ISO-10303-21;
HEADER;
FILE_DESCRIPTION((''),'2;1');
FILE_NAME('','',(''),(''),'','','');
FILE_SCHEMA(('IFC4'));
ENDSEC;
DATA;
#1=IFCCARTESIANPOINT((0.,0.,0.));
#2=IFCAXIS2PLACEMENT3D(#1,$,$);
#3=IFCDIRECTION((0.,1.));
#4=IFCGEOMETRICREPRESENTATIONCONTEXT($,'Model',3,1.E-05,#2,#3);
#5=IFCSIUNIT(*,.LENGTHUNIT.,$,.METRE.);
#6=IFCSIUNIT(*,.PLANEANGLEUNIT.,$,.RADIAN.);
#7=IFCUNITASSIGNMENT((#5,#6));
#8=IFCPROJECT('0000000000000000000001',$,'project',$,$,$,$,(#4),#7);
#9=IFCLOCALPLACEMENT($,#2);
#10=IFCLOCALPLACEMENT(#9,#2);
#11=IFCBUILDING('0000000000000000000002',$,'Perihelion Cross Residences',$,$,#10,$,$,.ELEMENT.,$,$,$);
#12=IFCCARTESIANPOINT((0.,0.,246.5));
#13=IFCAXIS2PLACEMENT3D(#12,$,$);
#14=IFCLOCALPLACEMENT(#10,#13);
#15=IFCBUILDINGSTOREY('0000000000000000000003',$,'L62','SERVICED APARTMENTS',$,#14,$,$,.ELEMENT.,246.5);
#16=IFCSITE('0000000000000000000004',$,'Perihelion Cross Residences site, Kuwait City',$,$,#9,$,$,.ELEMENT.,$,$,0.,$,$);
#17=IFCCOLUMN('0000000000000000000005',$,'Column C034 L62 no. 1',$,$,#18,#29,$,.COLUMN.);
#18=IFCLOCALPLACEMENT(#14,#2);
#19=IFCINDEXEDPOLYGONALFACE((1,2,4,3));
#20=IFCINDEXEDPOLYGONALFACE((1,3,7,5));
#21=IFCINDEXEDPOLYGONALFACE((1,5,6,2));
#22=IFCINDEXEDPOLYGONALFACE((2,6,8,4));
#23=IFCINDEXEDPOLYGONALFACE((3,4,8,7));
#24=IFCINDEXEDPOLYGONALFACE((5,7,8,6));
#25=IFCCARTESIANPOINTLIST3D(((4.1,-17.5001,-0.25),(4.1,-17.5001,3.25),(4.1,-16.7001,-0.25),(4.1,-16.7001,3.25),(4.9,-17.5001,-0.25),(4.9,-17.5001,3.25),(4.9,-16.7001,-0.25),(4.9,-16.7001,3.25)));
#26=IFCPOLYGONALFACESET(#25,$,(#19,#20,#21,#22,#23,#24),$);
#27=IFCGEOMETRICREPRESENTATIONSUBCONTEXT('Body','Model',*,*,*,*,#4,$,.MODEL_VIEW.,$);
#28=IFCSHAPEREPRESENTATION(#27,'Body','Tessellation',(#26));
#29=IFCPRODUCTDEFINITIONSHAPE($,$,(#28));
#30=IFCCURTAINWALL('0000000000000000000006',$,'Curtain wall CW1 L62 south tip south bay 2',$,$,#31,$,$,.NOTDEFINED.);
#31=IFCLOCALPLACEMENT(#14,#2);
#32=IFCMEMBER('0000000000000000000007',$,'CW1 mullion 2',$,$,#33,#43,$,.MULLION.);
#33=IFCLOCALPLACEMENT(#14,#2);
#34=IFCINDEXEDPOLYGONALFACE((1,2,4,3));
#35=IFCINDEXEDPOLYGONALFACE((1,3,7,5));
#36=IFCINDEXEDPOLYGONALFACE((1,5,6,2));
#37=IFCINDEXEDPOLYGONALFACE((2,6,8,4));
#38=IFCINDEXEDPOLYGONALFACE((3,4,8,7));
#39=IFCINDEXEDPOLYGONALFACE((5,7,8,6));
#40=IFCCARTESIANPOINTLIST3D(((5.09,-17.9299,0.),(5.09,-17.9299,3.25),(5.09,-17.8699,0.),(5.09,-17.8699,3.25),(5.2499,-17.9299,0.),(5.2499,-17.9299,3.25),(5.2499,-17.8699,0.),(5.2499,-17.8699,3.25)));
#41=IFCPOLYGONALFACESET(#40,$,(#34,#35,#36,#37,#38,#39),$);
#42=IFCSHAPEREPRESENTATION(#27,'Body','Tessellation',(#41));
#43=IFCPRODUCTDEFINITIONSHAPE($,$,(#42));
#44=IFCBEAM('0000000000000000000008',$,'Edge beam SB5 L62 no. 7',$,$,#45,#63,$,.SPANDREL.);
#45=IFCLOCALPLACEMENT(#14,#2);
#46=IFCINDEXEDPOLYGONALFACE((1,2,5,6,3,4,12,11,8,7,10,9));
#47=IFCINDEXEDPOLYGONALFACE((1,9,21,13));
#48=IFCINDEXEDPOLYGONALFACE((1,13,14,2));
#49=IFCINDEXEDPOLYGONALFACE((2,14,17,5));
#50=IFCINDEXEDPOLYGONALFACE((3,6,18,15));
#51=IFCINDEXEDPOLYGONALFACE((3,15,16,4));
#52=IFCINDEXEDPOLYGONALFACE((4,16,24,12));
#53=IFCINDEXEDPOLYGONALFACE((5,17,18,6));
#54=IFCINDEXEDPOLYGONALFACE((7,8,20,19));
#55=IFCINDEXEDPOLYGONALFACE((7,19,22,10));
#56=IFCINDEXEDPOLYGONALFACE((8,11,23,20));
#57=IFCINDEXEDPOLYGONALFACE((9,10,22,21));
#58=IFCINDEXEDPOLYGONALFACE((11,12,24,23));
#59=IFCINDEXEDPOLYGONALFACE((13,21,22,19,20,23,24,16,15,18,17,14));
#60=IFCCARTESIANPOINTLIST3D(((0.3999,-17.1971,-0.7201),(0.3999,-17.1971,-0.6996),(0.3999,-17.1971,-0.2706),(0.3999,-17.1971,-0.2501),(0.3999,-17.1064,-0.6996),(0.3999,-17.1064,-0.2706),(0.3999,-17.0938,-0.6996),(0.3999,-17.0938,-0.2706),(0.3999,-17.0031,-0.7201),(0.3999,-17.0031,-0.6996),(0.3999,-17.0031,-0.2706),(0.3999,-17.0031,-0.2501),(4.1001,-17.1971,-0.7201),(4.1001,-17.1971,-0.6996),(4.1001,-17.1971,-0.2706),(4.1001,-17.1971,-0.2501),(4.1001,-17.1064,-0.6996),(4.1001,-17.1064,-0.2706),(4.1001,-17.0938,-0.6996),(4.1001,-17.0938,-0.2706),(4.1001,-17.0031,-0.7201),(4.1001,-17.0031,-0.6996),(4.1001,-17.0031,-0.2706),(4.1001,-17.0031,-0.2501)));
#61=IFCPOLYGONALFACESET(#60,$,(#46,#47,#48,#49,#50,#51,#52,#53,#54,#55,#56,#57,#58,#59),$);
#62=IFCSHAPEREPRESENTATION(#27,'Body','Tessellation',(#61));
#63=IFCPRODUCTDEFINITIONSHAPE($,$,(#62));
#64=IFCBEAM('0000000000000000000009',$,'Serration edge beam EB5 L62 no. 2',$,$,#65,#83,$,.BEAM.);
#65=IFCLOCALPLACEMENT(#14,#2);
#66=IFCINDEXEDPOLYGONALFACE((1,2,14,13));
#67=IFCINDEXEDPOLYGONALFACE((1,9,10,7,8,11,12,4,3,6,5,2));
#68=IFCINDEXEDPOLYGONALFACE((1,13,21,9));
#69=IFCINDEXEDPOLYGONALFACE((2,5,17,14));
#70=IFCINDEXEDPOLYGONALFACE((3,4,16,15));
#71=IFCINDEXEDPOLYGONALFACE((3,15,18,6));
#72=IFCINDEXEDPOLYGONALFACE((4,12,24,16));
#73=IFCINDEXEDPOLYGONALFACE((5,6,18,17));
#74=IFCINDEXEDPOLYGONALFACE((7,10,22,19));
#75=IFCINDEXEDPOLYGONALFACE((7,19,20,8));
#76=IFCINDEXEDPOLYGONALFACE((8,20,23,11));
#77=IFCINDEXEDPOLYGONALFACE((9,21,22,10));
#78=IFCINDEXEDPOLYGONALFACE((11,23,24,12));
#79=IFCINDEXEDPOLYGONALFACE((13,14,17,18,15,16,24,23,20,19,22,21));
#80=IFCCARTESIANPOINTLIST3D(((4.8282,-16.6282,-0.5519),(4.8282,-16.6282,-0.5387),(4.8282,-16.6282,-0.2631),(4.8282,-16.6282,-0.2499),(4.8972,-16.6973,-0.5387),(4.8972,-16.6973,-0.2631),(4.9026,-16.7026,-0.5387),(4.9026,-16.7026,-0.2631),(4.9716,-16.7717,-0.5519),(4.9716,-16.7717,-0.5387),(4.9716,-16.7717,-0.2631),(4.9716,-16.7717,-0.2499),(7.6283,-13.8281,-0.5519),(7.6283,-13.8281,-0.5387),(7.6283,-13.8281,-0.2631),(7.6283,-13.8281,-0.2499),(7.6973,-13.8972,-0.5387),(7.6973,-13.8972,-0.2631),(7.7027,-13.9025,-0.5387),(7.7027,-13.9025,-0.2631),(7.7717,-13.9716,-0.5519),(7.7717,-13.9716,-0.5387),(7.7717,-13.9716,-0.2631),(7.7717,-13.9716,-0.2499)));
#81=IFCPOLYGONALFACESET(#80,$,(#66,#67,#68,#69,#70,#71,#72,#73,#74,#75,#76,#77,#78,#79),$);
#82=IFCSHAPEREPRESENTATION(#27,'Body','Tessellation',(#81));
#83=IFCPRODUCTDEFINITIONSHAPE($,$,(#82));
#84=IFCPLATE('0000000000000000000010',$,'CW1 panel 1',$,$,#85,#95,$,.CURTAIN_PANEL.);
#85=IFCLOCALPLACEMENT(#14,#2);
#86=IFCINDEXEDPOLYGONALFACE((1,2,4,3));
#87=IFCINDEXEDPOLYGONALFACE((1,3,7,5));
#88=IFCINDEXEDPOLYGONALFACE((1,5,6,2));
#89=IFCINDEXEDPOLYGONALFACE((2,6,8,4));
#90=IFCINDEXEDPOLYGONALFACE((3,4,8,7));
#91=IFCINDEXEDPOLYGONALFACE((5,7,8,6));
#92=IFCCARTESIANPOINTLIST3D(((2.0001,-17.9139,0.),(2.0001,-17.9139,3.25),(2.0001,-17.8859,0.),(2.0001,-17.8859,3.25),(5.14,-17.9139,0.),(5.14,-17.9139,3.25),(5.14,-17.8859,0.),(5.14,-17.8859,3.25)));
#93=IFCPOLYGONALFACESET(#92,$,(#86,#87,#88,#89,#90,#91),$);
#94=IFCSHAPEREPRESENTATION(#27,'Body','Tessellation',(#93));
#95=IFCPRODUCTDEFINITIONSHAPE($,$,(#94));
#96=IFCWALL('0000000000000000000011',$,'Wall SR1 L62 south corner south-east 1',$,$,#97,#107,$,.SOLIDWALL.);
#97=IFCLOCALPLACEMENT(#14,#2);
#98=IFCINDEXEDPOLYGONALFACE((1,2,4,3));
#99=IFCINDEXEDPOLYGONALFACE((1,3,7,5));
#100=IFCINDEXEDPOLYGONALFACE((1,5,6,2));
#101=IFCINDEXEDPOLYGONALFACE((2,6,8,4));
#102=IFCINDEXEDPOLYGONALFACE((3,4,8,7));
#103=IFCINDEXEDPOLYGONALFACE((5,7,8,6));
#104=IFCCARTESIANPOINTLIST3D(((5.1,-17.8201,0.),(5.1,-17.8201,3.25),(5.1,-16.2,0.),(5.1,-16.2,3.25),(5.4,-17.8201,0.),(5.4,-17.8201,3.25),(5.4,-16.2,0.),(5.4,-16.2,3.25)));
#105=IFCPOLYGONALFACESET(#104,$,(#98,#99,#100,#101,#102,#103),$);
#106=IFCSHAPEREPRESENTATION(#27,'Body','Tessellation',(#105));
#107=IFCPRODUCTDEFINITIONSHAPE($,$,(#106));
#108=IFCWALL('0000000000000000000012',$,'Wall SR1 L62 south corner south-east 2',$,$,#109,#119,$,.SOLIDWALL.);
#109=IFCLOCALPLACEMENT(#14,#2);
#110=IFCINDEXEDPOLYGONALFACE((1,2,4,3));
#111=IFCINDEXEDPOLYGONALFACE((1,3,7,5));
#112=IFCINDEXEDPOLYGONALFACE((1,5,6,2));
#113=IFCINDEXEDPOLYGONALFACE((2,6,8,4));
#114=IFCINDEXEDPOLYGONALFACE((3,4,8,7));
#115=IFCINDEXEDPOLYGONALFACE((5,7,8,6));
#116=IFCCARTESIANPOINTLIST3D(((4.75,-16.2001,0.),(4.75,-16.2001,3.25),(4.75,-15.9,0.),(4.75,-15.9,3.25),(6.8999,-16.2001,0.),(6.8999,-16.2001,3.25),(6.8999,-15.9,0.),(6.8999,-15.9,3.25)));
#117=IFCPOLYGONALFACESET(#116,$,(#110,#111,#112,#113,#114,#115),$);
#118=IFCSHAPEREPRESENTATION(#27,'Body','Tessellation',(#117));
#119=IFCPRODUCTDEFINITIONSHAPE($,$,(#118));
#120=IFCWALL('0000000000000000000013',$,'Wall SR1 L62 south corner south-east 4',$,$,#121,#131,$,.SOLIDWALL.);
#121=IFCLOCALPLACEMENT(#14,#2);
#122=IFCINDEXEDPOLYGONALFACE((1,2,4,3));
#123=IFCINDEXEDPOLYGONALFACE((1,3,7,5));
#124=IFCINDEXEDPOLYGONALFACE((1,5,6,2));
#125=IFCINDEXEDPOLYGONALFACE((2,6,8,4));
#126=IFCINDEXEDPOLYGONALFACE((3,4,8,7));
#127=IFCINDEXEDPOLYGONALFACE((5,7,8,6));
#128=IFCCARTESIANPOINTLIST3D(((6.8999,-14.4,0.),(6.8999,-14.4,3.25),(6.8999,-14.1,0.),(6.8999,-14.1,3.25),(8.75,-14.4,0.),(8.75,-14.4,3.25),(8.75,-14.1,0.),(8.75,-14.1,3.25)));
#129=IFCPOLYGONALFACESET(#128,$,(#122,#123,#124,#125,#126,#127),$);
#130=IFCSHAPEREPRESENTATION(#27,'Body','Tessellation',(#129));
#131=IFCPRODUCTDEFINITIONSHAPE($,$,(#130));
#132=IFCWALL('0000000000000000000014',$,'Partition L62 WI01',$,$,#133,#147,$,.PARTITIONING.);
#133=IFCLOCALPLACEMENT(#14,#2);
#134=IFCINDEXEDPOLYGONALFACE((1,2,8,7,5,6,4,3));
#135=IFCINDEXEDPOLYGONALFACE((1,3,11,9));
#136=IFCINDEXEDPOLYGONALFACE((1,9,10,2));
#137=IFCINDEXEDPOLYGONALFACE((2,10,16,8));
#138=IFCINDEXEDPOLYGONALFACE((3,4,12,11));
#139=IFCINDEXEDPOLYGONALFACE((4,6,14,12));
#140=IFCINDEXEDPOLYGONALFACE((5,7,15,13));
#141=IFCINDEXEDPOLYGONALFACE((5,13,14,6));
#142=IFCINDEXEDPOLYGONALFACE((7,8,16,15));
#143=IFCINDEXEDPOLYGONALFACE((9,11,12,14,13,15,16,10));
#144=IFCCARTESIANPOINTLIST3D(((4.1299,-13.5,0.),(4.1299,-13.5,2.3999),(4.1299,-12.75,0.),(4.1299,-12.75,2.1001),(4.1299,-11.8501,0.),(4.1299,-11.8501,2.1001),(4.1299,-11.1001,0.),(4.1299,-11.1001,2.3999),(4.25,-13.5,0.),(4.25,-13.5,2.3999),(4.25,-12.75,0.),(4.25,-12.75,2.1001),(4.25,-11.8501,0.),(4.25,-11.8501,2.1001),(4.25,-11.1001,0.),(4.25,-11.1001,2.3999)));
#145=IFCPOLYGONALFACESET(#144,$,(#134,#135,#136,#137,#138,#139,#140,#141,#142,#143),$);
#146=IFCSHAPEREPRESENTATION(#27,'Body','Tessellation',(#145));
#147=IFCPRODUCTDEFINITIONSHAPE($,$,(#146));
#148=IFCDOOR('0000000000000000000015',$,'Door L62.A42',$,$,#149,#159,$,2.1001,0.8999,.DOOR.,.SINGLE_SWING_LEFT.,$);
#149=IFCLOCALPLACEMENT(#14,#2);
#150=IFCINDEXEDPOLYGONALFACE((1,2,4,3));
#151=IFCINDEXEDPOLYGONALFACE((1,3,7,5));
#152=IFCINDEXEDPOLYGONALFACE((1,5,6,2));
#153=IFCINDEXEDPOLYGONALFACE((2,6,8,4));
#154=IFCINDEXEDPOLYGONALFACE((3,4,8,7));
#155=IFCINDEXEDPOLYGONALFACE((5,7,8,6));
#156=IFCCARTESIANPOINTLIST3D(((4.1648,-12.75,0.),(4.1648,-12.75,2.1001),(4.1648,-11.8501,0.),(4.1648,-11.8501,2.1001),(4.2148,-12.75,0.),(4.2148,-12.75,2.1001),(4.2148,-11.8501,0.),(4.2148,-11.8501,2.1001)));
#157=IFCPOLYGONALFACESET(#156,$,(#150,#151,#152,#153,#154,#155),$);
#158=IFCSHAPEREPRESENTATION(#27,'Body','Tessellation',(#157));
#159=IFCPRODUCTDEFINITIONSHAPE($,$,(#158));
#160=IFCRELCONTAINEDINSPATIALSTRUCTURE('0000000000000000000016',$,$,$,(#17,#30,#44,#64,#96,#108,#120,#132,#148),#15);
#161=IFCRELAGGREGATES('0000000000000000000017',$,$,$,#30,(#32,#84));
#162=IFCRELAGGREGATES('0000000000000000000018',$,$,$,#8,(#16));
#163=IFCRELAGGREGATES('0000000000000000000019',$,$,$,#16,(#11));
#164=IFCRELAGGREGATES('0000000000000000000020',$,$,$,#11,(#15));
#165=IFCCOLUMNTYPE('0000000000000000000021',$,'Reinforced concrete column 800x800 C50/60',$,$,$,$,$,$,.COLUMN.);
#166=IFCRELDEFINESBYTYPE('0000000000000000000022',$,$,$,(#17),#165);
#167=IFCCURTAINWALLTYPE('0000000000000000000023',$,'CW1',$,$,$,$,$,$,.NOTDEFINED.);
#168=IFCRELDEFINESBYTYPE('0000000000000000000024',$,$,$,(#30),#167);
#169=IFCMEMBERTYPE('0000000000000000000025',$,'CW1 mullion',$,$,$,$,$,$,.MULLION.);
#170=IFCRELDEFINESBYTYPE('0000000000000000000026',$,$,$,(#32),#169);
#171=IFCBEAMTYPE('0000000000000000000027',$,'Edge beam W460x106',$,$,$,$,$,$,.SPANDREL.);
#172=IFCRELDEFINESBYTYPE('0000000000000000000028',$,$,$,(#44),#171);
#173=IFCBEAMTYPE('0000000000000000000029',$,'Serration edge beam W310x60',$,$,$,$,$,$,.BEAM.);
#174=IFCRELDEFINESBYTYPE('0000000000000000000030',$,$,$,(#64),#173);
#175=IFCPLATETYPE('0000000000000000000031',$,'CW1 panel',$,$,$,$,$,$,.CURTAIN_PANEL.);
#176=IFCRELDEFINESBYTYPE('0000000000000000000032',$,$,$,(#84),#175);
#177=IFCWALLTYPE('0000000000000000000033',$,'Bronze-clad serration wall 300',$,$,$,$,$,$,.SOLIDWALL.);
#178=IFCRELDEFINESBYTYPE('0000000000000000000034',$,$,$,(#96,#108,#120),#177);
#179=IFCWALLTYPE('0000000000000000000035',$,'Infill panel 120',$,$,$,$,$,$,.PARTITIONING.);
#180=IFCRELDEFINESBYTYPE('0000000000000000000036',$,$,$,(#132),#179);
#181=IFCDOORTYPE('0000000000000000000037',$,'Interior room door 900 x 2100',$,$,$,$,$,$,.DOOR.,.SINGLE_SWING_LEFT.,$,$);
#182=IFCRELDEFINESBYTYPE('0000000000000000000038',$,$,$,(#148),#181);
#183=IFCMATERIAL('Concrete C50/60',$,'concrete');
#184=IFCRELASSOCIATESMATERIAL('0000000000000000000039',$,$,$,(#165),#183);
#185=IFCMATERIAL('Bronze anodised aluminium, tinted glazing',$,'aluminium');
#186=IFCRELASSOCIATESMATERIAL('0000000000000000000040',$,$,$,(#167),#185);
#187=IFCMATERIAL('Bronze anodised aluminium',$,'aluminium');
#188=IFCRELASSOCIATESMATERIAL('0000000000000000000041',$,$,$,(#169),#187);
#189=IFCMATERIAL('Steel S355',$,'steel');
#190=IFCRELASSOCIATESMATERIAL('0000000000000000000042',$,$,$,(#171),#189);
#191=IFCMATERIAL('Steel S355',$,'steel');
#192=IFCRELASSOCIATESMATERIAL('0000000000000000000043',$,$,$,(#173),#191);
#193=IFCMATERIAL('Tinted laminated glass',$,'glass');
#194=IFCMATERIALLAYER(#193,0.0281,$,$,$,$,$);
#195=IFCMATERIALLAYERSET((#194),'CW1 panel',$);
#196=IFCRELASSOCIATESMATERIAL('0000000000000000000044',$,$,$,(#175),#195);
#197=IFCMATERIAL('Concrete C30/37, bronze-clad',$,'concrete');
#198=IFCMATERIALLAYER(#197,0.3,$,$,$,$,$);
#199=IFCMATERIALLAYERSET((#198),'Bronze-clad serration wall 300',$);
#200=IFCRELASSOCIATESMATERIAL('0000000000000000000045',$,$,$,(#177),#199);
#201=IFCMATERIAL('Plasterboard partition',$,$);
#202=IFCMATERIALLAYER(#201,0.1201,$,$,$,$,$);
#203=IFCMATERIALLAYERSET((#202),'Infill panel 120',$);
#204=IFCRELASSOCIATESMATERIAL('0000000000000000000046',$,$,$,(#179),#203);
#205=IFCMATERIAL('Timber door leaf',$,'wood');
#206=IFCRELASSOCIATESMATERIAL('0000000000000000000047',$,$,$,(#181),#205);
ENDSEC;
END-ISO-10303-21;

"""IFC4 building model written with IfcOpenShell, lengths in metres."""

from ifc_helpers import new_model, si_unit, direction, frame, frame_2d, origin, origin_2d, place, context, subcontext, project, spatial, rectangle, i_section, extrude, material, layer, layer_set, material_profile, profile_set, type_object, element, fill, aggregate, save


model = new_model("IFC4")

# Units and contexts
model_context = context("Model", 3, precision=1e-05, world=origin(), true_north=direction((0.0, 1.0)))
body_context = subcontext(model_context, "Body", "Model", "MODEL_VIEW")
ifc_project = project(units=[si_unit("LENGTHUNIT", "METRE"), si_unit("PLANEANGLEUNIT", "RADIAN")], contexts=[model_context])

# Site, building, storey
site_placement = place(None, origin())
site = spatial("IfcSite", under=ifc_project, at=site_placement, Name="Perihelion Cross Residences site, Kuwait City", CompositionType="ELEMENT", RefElevation=0.0)
building_placement = place(site_placement, origin())
building = spatial("IfcBuilding", under=site, at=building_placement, Name="Perihelion Cross Residences", CompositionType="ELEMENT")
storey_placement = place(building_placement, frame((0.0, 0.0, 246.5)))
storey = spatial("IfcBuildingStorey", under=building, at=storey_placement, Name="L62", Description="SERVICED APARTMENTS", CompositionType="ELEMENT", Elevation=246.5)

# Column
ifc_material_1 = material(Name="Concrete C50/60", Category="concrete")
ifc_material_profile_1 = material_profile(ifc_material_1, rectangle(XDim=0.8, YDim=0.8, at=origin_2d()), Name="RC 800x800")
ifc_profile_set_1 = profile_set([ifc_material_profile_1], Name="Concrete C50/60")
column_type = type_object("IfcColumnType", Name="Reinforced concrete column 800x800 C50/60", PredefinedType="COLUMN", material=ifc_profile_set_1)
column_placement = place(storey_placement, frame((4.5, -17.1001, -0.25), z_axis=(0.0, 0.0, 1.0), x_axis=(1.0, 0.0, 0.0)))
element("IfcColumn", 1, at=column_placement, inside=storey, type_object=column_type, Name="Column C034 L62 no. 1", PredefinedType="COLUMN", context=body_context, shape_type="SweptSolid", body=[
    extrude(rectangle(XDim=0.8, YDim=0.8, at=origin_2d()), origin(), (0.0, 0.0, 1.0), 3.5),
])

# Curtain wall, member
ifc_material_2 = material(Name="Bronze anodised aluminium, tinted glazing", Category="aluminium")
curtain_wall_type = type_object("IfcCurtainWallType", Name="CW1", PredefinedType="NOTDEFINED", material=ifc_material_2)
curtain_wall_placement = place(storey_placement, origin())
curtain_wall = element("IfcCurtainWall", 2, at=curtain_wall_placement, inside=storey, type_object=curtain_wall_type, Name="Curtain wall CW1 L62 south tip south bay 2", PredefinedType="NOTDEFINED")
ifc_material_3 = material(Name="Bronze anodised aluminium", Category="aluminium")
ifc_material_profile_2 = material_profile(ifc_material_3, rectangle(XDim=0.0601, YDim=0.1599, at=origin_2d()), Name="CW1 mullion")
ifc_profile_set_2 = profile_set([ifc_material_profile_2], Name="Bronze anodised aluminium")
member_type = type_object("IfcMemberType", Name="CW1 mullion", PredefinedType="MULLION", material=ifc_profile_set_2)
member_placement = place(storey_placement, frame((5.1699, -17.8999, 0.0), z_axis=(0.0, 0.0, 1.0), x_axis=(0.0, 1.0, 0.0)))
member = element("IfcMember", 3, at=member_placement, type_object=member_type, Name="CW1 mullion 2", PredefinedType="MULLION", context=body_context, shape_type="SweptSolid", body=[
    extrude(rectangle(XDim=0.0601, YDim=0.1599, at=origin_2d()), origin(), (0.0, 0.0, 1.0), 3.25),
])

# Beams
ifc_material_4 = material(Name="Steel S355", Category="steel")
ifc_material_profile_3 = material_profile(ifc_material_4, i_section(OverallWidth=0.1941, OverallDepth=0.47, WebThickness=0.0127, FlangeThickness=0.0205, at=origin_2d()), Name="W460x106")
ifc_profile_set_3 = profile_set([ifc_material_profile_3], Name="Steel S355")
beam_type_1 = type_object("IfcBeamType", Name="Edge beam W460x106", PredefinedType="SPANDREL", material=ifc_profile_set_3)
beam_1_placement = place(storey_placement, frame((0.3999, -17.1001, -0.4851), z_axis=(1.0, 0.0, 0.0), x_axis=(0.0, 1.0, 0.0)))
element("IfcBeam", 4, at=beam_1_placement, inside=storey, type_object=beam_type_1, Name="Edge beam SB5 L62 no. 7", PredefinedType="SPANDREL", context=body_context, shape_type="SweptSolid", body=[
    extrude(i_section(OverallWidth=0.1941, OverallDepth=0.47, WebThickness=0.0127, FlangeThickness=0.0205, at=origin_2d()), origin(), (0.0, 0.0, 1.0), 3.7002),
])
ifc_material_5 = material(Name="Steel S355", Category="steel")
ifc_material_profile_4 = material_profile(ifc_material_5, i_section(OverallWidth=0.2029, OverallDepth=0.302, WebThickness=0.0076, FlangeThickness=0.0132, at=origin_2d()), Name="W310x60")
ifc_profile_set_4 = profile_set([ifc_material_profile_4], Name="Steel S355")
beam_type_2 = type_object("IfcBeamType", Name="Serration edge beam W310x60", PredefinedType="BEAM", material=ifc_profile_set_4)
beam_2_placement = place(storey_placement, frame((4.8999, -16.7, -0.4009), z_axis=(0.707107, 0.707107, 0.0), x_axis=(-0.707107, 0.707107, 0.0)))
element("IfcBeam", 5, at=beam_2_placement, inside=storey, type_object=beam_type_2, Name="Serration edge beam EB5 L62 no. 2", PredefinedType="BEAM", context=body_context, shape_type="SweptSolid", body=[
    extrude(i_section(OverallWidth=0.2029, OverallDepth=0.302, WebThickness=0.0076, FlangeThickness=0.0132, at=origin_2d()), origin(), (0.0, 0.0, 1.0), 3.96),
])

# Plate
ifc_material_6 = material(Name="Tinted laminated glass", Category="glass")
ifc_layer_1 = layer(ifc_material_6, 0.0281)
ifc_layer_set_1 = layer_set([ifc_layer_1], Name="CW1 panel")
plate_type = type_object("IfcPlateType", Name="CW1 panel", PredefinedType="CURTAIN_PANEL", material=ifc_layer_set_1)
plate_placement = place(storey_placement, frame((3.5701, -17.8999, 0.0), z_axis=(0.0, 0.0, 1.0), x_axis=(1.0, 0.0, 0.0)))
plate = element("IfcPlate", 6, at=plate_placement, type_object=plate_type, Name="CW1 panel 1", PredefinedType="CURTAIN_PANEL", context=body_context, shape_type="SweptSolid", body=[
    extrude(rectangle(XDim=3.1399, YDim=0.0281, at=origin_2d()), origin(), (0.0, 0.0, 1.0), 3.25),
])
aggregate(curtain_wall, [member, plate])

# Walls
ifc_material_7 = material(Name="Concrete C30/37, bronze-clad", Category="concrete")
ifc_layer_2 = layer(ifc_material_7, 0.3)
ifc_layer_set_2 = layer_set([ifc_layer_2], Name="Bronze-clad serration wall 300")
wall_type_1 = type_object("IfcWallType", Name="Bronze-clad serration wall 300", PredefinedType="SOLIDWALL", material=ifc_layer_set_2)
wall_1_placement = place(storey_placement, frame((5.25, -17.8201, 0.0), z_axis=(0.0, 0.0, 1.0), x_axis=(0.0, 1.0, 0.0)))
element("IfcWall", 7, at=wall_1_placement, inside=storey, type_object=wall_type_1, Name="Wall SR1 L62 south corner south-east 1", PredefinedType="SOLIDWALL", context=body_context, shape_type="SweptSolid", body=[
    extrude(rectangle(XDim=1.6201, YDim=0.3, at=frame_2d((0.8101, 0.0))), origin(), (0.0, 0.0, 1.0), 3.25),
])
wall_2_placement = place(storey_placement, frame((4.75, -16.05, 0.0), z_axis=(0.0, 0.0, 1.0), x_axis=(1.0, 0.0, 0.0)))
element("IfcWall", 8, at=wall_2_placement, inside=storey, type_object=wall_type_1, Name="Wall SR1 L62 south corner south-east 2", PredefinedType="SOLIDWALL", context=body_context, shape_type="SweptSolid", body=[
    extrude(rectangle(XDim=2.1499, YDim=0.3, at=frame_2d((1.075, 0.0))), origin(), (0.0, 0.0, 1.0), 3.25),
])
wall_3_placement = place(storey_placement, frame((6.8999, -14.25, 0.0), z_axis=(0.0, 0.0, 1.0), x_axis=(1.0, 0.0, 0.0)))
element("IfcWall", 9, at=wall_3_placement, inside=storey, type_object=wall_type_1, Name="Wall SR1 L62 south corner south-east 4", PredefinedType="SOLIDWALL", context=body_context, shape_type="SweptSolid", body=[
    extrude(rectangle(XDim=1.8501, YDim=0.3, at=frame_2d((0.925, 0.0))), origin(), (0.0, 0.0, 1.0), 3.25),
])

# Wall, opening, door
ifc_material_8 = material(Name="Plasterboard partition")
ifc_layer_3 = layer(ifc_material_8, 0.1201)
ifc_layer_set_3 = layer_set([ifc_layer_3], Name="Infill panel 120")
wall_type_2 = type_object("IfcWallType", Name="Infill panel 120", PredefinedType="PARTITIONING", material=ifc_layer_set_3)
wall_4_placement = place(storey_placement, frame((4.1899, -11.1001, 0.0), z_axis=(0.0, 0.0, 1.0), x_axis=(0.0, -1.0, 0.0)))
wall_4 = element("IfcWall", 10, at=wall_4_placement, inside=storey, type_object=wall_type_2, Name="Partition L62 WI01", PredefinedType="PARTITIONING", context=body_context, shape_type="SweptSolid", body=[
    extrude(rectangle(XDim=2.3999, YDim=0.1201, at=frame_2d((1.2, 0.0))), origin(), (0.0, 0.0, 1.0), 2.3999),
])
opening_1_placement = place(wall_4_placement, frame((0.75, 0.0, 0.0)))
opening_1 = element("IfcOpeningElement", 11, at=opening_1_placement, cuts=wall_4, PredefinedType="OPENING", context=body_context, shape_type="SweptSolid", body=[
    extrude(rectangle(XDim=0.8999, YDim=2.1001, at=frame_2d((0.45, 1.05))), frame((0.0, 0.0701, 0.0), z_axis=(0.0, -1.0, 0.0), x_axis=(1.0, 0.0, 0.0)), (0.0, 0.0, 1.0), 0.1401),
])
ifc_material_9 = material(Name="Timber door leaf", Category="wood")
door_type_1 = type_object("IfcDoorType", Name="Interior room door 900 x 2100", OperationType="SINGLE_SWING_LEFT", PredefinedType="DOOR", material=ifc_material_9)
door_1_placement = place(opening_1_placement, origin())
door_1 = element("IfcDoor", 12, at=door_1_placement, inside=storey, type_object=door_type_1, Name="Door L62.A42", OperationType="SINGLE_SWING_LEFT", OverallHeight=2.1001, OverallWidth=0.8999, PredefinedType="DOOR", context=body_context, shape_type="SweptSolid", body=[
    extrude(rectangle(XDim=0.8999, YDim=2.1001, at=frame_2d((0.45, 1.05))), frame((0.0, 0.0249, 0.0), z_axis=(0.0, -1.0, 0.0), x_axis=(1.0, 0.0, 0.0)), (0.0, 0.0, 1.0), 0.05),
])
fill(opening_1, door_1)

save(model, "model.ifc")
